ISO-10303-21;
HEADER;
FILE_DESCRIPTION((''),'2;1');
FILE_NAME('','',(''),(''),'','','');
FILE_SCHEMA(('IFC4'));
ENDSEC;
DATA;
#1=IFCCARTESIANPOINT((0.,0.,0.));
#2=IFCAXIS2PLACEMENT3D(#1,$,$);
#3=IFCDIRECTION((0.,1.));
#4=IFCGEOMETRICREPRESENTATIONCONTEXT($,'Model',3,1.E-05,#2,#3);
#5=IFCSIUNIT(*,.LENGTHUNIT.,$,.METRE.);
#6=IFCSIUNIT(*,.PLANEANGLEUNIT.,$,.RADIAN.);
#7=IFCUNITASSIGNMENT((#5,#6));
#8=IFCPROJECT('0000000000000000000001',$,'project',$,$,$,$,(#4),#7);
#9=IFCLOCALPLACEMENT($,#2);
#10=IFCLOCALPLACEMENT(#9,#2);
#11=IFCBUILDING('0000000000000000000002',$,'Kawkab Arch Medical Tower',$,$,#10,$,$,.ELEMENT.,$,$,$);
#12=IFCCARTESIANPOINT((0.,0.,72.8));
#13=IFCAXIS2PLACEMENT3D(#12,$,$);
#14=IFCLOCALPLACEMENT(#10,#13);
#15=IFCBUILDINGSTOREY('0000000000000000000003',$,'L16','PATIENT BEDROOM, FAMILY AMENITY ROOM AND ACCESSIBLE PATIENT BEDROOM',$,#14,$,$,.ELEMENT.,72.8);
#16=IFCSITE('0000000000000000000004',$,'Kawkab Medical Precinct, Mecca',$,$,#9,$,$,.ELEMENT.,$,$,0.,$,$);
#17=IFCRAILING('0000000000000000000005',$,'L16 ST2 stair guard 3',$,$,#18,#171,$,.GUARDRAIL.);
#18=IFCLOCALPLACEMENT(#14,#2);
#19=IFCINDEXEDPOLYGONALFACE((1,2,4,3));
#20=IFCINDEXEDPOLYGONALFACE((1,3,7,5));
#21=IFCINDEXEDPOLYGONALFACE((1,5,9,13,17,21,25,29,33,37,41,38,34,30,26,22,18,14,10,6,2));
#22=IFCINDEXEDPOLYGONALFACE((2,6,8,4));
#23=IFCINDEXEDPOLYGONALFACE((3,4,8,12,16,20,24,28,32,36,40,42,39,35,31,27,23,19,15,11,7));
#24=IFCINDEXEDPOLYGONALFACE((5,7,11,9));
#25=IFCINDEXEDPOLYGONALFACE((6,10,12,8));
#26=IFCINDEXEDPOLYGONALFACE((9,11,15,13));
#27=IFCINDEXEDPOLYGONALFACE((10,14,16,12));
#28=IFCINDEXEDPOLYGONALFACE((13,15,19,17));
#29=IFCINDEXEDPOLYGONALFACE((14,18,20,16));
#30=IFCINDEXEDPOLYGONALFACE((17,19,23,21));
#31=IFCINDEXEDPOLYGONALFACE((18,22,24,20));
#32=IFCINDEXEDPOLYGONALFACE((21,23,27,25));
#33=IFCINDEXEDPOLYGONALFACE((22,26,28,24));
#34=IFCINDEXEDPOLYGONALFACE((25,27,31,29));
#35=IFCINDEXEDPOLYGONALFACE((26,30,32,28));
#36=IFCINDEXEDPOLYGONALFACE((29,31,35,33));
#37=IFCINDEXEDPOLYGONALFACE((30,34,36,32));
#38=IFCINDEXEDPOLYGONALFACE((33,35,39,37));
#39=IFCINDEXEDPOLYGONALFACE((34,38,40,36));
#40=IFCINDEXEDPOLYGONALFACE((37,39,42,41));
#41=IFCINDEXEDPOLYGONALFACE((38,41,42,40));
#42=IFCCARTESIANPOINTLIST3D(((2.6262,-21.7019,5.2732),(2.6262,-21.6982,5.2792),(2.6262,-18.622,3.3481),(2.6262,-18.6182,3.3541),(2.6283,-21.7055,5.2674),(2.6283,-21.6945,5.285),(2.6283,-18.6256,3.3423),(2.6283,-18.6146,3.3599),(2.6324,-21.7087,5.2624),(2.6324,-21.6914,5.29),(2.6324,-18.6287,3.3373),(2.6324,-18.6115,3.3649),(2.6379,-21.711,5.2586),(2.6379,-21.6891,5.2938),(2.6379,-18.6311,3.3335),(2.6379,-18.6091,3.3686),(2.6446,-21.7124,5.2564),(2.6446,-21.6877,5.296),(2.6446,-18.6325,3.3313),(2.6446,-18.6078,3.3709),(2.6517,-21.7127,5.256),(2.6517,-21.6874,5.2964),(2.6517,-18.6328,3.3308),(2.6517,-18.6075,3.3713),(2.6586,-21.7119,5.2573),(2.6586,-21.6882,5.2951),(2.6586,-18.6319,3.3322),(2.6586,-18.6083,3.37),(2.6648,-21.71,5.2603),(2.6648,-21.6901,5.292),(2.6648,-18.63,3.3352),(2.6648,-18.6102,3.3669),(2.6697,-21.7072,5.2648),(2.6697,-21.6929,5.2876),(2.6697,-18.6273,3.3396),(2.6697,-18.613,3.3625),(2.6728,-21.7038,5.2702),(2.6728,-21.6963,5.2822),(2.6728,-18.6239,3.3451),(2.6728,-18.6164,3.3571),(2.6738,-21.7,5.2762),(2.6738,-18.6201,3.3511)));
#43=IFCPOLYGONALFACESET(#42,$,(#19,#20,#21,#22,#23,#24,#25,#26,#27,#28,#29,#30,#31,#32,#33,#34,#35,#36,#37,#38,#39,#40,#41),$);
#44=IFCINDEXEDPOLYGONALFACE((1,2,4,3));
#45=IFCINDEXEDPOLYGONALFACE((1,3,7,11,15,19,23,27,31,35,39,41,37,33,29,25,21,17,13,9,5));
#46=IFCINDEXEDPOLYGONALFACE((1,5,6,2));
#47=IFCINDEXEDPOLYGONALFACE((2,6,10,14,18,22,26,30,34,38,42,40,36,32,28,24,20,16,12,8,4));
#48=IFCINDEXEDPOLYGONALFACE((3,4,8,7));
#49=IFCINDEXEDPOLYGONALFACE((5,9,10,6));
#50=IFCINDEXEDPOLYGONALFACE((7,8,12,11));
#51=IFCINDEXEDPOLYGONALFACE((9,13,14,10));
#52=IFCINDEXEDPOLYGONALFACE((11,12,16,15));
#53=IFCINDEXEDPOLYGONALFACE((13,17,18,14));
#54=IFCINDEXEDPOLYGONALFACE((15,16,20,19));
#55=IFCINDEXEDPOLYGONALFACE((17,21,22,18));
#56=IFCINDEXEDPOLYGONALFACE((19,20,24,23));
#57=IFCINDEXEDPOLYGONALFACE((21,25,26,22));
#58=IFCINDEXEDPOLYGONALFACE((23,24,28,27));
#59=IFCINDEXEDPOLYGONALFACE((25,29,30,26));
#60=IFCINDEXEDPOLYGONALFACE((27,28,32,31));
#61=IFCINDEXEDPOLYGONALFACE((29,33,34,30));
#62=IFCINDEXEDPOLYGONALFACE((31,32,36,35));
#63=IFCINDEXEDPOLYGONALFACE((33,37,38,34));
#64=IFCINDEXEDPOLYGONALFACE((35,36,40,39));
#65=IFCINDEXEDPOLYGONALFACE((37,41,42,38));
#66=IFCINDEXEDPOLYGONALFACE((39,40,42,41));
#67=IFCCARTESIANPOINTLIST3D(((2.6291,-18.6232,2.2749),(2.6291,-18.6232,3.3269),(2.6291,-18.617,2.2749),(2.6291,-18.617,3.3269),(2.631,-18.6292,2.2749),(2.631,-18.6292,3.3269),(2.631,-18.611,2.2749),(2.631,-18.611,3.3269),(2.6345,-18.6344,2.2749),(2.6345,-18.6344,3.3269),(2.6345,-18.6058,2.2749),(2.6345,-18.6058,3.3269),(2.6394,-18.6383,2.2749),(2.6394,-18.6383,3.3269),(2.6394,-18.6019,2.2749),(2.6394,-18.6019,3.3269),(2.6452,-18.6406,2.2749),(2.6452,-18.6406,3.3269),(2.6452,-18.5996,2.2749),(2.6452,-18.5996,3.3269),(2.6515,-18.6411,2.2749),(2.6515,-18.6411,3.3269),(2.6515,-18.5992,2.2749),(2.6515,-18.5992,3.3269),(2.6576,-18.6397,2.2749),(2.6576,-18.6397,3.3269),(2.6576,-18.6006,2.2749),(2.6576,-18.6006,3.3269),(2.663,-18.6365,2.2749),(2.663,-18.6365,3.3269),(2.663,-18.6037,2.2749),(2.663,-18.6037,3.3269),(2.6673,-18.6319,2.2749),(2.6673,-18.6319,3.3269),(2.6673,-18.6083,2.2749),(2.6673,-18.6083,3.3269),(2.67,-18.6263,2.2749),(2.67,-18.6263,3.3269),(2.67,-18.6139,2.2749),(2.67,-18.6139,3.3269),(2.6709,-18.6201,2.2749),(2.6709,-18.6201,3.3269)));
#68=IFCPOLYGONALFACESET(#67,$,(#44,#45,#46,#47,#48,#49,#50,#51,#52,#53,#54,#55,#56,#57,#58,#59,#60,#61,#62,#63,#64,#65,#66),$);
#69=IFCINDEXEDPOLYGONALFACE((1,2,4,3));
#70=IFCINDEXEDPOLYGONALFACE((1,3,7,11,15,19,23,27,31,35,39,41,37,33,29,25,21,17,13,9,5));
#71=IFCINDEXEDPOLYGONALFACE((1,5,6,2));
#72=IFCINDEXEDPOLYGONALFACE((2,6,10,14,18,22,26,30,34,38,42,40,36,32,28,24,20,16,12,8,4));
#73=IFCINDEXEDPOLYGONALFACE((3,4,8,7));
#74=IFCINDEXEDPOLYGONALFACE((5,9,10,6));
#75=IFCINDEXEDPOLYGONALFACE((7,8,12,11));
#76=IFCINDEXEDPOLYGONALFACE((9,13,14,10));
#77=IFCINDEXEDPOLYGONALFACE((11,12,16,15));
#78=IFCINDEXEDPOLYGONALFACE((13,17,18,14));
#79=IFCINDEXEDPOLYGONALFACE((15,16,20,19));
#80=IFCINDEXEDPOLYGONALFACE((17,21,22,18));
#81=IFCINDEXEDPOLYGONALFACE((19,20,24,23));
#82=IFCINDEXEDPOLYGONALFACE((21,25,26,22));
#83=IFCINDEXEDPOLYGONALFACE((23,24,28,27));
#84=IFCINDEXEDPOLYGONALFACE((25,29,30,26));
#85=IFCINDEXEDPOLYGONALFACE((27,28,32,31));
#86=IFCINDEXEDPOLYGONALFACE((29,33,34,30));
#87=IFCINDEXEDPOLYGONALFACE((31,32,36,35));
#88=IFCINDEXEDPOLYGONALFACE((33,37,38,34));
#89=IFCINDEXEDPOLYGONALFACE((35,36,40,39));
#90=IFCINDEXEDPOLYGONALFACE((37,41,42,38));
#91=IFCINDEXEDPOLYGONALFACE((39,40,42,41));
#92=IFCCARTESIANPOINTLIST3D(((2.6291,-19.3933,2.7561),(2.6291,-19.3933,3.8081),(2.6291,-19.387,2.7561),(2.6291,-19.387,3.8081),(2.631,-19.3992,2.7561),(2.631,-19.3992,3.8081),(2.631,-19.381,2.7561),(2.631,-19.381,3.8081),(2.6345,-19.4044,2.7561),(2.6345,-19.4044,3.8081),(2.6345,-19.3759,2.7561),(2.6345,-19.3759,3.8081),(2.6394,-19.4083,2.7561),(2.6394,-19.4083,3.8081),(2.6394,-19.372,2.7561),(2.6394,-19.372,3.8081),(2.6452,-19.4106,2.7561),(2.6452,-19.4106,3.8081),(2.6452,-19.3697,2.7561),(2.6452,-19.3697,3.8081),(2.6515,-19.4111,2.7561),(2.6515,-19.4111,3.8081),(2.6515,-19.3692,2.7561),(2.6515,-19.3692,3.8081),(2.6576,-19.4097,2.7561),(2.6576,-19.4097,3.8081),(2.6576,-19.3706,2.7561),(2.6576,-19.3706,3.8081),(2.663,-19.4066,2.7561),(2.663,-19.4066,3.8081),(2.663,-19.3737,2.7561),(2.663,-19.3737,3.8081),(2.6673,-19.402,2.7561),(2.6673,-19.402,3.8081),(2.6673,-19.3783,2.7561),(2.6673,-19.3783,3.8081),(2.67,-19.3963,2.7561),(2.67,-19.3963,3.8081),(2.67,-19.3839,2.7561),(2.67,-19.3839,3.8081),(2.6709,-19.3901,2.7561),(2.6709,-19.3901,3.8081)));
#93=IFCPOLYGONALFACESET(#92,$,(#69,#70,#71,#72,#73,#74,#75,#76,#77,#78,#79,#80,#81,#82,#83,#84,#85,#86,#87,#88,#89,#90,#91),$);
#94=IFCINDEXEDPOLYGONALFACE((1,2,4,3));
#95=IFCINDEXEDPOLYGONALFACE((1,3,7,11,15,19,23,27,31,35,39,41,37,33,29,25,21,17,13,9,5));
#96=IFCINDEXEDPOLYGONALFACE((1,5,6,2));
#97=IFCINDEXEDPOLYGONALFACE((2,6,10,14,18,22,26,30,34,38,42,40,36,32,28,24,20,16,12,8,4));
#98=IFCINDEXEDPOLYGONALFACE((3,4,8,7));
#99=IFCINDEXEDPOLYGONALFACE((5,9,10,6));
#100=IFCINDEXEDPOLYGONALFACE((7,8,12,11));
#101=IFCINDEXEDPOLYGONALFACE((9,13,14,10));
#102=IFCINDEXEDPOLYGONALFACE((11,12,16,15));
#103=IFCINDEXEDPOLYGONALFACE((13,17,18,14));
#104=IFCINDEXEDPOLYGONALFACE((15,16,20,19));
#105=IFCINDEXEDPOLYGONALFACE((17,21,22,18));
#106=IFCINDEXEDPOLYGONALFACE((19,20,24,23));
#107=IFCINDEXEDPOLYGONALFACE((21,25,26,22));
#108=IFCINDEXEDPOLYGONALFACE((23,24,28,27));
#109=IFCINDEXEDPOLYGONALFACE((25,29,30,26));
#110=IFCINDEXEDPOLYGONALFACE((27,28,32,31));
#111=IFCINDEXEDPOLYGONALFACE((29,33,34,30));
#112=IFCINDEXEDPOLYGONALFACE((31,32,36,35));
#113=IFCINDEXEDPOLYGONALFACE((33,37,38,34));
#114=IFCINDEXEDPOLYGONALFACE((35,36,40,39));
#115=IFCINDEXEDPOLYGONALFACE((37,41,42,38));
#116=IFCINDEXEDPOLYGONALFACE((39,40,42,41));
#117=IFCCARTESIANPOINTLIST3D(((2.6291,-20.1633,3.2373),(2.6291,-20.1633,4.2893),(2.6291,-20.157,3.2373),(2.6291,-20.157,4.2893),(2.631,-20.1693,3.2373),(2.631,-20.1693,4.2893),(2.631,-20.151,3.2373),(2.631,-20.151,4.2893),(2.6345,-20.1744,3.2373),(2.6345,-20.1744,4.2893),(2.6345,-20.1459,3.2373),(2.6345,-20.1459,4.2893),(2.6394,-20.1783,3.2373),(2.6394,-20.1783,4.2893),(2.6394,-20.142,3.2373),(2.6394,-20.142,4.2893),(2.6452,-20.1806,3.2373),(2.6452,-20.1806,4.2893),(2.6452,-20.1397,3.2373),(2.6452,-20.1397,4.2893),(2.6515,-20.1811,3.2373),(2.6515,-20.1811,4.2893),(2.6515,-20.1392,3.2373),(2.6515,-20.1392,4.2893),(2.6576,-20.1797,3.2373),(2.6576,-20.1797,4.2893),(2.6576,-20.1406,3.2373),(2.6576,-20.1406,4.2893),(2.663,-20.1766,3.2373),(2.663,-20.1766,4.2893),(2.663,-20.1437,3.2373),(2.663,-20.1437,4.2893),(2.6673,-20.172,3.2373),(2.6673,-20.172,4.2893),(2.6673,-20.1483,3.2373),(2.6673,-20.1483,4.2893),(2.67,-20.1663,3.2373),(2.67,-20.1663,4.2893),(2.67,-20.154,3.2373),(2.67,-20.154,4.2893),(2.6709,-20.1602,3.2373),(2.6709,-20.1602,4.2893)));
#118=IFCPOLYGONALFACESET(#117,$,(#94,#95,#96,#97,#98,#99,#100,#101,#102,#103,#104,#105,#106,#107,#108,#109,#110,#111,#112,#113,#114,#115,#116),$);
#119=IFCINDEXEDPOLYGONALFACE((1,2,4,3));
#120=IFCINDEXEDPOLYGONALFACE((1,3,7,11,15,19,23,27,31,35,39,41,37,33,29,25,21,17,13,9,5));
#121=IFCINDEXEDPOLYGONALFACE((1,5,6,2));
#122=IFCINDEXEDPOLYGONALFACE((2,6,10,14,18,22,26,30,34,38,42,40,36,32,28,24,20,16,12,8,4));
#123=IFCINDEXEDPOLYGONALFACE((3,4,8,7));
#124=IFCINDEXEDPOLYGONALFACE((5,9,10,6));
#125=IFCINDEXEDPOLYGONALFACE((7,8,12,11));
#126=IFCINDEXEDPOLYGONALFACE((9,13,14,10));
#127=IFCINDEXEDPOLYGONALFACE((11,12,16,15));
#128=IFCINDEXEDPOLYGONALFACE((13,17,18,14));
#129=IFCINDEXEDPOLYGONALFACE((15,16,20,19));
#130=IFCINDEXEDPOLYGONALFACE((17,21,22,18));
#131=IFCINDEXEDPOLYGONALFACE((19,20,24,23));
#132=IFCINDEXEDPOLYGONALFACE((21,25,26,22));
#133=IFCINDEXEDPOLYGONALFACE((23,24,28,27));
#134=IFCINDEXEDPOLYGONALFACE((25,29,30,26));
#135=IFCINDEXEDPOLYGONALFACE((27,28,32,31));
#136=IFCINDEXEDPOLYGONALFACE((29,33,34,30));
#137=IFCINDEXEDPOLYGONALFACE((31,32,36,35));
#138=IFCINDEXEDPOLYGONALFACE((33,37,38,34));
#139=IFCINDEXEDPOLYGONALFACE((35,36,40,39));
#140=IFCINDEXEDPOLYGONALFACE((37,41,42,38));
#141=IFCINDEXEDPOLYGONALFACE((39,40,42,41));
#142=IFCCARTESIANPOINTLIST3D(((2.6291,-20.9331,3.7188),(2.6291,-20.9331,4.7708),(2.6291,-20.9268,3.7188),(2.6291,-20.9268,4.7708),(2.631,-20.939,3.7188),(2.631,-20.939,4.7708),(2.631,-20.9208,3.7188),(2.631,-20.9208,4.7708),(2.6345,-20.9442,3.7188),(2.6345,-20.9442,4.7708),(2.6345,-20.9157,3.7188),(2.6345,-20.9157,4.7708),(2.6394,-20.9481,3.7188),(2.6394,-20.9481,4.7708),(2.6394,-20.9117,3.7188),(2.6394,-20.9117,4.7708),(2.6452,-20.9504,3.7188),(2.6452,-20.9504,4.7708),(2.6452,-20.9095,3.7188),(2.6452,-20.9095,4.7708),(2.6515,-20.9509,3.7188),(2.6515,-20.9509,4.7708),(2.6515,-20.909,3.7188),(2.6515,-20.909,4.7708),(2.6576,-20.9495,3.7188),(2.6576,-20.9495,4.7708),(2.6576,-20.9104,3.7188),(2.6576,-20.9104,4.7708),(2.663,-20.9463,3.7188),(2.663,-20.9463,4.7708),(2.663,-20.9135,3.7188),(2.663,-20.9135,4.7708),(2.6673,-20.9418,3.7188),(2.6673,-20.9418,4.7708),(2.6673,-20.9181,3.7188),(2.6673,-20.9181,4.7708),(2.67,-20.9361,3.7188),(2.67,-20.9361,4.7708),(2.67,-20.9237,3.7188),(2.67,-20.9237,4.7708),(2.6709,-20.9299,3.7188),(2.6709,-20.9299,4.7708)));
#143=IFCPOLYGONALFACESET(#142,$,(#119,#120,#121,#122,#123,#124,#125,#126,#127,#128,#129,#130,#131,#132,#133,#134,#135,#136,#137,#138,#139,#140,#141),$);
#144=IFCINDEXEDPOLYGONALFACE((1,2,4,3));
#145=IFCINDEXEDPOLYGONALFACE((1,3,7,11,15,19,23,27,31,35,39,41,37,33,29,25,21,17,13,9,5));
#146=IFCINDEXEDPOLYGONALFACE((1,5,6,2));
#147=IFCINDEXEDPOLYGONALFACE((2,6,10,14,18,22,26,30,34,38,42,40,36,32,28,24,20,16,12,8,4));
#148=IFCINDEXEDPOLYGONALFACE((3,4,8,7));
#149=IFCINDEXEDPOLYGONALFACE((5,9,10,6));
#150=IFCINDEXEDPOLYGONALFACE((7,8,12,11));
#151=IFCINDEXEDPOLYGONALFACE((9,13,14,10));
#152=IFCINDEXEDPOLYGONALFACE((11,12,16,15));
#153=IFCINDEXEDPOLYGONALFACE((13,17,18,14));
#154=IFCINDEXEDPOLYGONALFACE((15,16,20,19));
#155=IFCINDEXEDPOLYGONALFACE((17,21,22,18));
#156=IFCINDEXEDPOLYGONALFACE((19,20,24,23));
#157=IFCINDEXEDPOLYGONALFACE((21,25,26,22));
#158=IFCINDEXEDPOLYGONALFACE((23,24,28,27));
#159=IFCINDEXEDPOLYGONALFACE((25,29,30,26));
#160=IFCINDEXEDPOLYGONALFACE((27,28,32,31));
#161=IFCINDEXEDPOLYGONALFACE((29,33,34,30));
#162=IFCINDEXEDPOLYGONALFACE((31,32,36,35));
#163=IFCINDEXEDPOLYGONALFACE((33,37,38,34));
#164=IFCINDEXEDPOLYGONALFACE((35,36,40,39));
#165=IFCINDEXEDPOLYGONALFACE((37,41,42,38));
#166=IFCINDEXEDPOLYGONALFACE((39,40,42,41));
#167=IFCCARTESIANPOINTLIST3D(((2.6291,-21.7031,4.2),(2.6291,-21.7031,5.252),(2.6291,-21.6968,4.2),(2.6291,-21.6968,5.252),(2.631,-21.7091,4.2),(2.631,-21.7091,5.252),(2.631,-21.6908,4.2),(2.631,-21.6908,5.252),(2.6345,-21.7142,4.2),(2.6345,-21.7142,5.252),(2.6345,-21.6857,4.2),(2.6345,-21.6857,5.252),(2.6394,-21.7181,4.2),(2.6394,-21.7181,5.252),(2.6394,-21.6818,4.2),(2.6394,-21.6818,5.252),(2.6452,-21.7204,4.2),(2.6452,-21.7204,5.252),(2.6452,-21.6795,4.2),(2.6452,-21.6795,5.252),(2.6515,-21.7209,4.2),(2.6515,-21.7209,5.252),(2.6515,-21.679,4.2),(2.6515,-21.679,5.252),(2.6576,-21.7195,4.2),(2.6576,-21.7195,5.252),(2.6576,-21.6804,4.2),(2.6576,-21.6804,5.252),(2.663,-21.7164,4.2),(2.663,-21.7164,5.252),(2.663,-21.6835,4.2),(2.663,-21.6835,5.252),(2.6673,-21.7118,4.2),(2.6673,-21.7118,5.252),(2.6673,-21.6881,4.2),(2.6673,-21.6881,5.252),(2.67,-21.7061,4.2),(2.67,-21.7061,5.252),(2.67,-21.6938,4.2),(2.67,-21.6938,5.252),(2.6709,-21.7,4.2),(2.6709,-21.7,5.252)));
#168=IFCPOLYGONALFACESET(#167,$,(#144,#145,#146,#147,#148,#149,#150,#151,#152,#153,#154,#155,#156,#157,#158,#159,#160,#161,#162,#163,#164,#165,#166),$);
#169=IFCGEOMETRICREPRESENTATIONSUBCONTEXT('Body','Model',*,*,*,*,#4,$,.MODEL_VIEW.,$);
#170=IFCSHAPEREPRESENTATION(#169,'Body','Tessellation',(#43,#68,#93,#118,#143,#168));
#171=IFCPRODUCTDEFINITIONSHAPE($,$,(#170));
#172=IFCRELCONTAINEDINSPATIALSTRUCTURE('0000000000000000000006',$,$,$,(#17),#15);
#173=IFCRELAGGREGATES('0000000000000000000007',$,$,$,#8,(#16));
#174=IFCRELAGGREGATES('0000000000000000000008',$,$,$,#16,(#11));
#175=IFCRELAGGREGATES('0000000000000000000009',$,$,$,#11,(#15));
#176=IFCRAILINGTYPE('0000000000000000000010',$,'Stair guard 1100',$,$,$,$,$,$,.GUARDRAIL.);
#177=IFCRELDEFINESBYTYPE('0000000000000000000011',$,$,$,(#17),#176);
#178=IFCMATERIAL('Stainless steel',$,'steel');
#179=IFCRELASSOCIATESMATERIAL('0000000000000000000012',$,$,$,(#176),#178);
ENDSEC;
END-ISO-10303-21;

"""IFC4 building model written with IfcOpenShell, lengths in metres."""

from ifc_helpers import new_model, si_unit, direction, frame, origin, origin_2d, place, context, subcontext, project, spatial, circle, extrude, material, type_object, element, save


model = new_model("IFC4")

# Units and contexts
model_context = context("Model", 3, precision=1e-05, world=origin(), true_north=direction((0.0, 1.0)))
body_context = subcontext(model_context, "Body", "Model", "MODEL_VIEW")
ifc_project = project(units=[si_unit("LENGTHUNIT", "METRE"), si_unit("PLANEANGLEUNIT", "RADIAN")], contexts=[model_context])

# Site, building, storey
site_placement = place(None, origin())
site = spatial("IfcSite", under=ifc_project, at=site_placement, Name="Kawkab Medical Precinct, Mecca", CompositionType="ELEMENT", RefElevation=0.0)
building_placement = place(site_placement, origin())
building = spatial("IfcBuilding", under=site, at=building_placement, Name="Kawkab Arch Medical Tower", CompositionType="ELEMENT")
storey_placement = place(building_placement, frame((0.0, 0.0, 72.8)))
storey = spatial("IfcBuildingStorey", under=building, at=storey_placement, Name="L16", Description="PATIENT BEDROOM, FAMILY AMENITY ROOM AND ACCESSIBLE PATIENT BEDROOM", CompositionType="ELEMENT", Elevation=72.8)

# Railing
ifc_material_1 = material(Name="Stainless steel", Category="steel")
railing_type_1 = type_object("IfcRailingType", Name="Stair guard 1100", PredefinedType="GUARDRAIL", material=ifc_material_1)
railing_1_placement = place(storey_placement, frame((2.6499, -18.6201, 2.2749)))
element("IfcRailing", 1, at=railing_1_placement, inside=storey, type_object=railing_type_1, Name="L16 ST2 stair guard 3", PredefinedType="GUARDRAIL", context=body_context, shape_type="SweptSolid", body=[
    extrude(circle(Radius=0.0239, at=origin_2d()), frame((0.0, 0.0, 1.0762), z_axis=(0.0, -0.847979, 0.530029), x_axis=(1.0, 0.0, 0.0)), (0.0, 0.0, 1.0), 3.6321),
    extrude(circle(Radius=0.021, at=origin_2d()), origin(), (0.0, 0.0, 1.0), 1.052),
    extrude(circle(Radius=0.021, at=origin_2d()), frame((0.0, -0.77, 0.4812)), (0.0, 0.0, 1.0), 1.052),
    extrude(circle(Radius=0.021, at=origin_2d()), frame((0.0, -1.54, 0.9624)), (0.0, 0.0, 1.0), 1.052),
    extrude(circle(Radius=0.021, at=origin_2d()), frame((0.0, -2.3098, 1.4438)), (0.0, 0.0, 1.0), 1.052),
    extrude(circle(Radius=0.021, at=origin_2d()), frame((0.0, -3.0798, 1.925)), (0.0, 0.0, 1.0), 1.052),
])

save(model, "model.ifc")
